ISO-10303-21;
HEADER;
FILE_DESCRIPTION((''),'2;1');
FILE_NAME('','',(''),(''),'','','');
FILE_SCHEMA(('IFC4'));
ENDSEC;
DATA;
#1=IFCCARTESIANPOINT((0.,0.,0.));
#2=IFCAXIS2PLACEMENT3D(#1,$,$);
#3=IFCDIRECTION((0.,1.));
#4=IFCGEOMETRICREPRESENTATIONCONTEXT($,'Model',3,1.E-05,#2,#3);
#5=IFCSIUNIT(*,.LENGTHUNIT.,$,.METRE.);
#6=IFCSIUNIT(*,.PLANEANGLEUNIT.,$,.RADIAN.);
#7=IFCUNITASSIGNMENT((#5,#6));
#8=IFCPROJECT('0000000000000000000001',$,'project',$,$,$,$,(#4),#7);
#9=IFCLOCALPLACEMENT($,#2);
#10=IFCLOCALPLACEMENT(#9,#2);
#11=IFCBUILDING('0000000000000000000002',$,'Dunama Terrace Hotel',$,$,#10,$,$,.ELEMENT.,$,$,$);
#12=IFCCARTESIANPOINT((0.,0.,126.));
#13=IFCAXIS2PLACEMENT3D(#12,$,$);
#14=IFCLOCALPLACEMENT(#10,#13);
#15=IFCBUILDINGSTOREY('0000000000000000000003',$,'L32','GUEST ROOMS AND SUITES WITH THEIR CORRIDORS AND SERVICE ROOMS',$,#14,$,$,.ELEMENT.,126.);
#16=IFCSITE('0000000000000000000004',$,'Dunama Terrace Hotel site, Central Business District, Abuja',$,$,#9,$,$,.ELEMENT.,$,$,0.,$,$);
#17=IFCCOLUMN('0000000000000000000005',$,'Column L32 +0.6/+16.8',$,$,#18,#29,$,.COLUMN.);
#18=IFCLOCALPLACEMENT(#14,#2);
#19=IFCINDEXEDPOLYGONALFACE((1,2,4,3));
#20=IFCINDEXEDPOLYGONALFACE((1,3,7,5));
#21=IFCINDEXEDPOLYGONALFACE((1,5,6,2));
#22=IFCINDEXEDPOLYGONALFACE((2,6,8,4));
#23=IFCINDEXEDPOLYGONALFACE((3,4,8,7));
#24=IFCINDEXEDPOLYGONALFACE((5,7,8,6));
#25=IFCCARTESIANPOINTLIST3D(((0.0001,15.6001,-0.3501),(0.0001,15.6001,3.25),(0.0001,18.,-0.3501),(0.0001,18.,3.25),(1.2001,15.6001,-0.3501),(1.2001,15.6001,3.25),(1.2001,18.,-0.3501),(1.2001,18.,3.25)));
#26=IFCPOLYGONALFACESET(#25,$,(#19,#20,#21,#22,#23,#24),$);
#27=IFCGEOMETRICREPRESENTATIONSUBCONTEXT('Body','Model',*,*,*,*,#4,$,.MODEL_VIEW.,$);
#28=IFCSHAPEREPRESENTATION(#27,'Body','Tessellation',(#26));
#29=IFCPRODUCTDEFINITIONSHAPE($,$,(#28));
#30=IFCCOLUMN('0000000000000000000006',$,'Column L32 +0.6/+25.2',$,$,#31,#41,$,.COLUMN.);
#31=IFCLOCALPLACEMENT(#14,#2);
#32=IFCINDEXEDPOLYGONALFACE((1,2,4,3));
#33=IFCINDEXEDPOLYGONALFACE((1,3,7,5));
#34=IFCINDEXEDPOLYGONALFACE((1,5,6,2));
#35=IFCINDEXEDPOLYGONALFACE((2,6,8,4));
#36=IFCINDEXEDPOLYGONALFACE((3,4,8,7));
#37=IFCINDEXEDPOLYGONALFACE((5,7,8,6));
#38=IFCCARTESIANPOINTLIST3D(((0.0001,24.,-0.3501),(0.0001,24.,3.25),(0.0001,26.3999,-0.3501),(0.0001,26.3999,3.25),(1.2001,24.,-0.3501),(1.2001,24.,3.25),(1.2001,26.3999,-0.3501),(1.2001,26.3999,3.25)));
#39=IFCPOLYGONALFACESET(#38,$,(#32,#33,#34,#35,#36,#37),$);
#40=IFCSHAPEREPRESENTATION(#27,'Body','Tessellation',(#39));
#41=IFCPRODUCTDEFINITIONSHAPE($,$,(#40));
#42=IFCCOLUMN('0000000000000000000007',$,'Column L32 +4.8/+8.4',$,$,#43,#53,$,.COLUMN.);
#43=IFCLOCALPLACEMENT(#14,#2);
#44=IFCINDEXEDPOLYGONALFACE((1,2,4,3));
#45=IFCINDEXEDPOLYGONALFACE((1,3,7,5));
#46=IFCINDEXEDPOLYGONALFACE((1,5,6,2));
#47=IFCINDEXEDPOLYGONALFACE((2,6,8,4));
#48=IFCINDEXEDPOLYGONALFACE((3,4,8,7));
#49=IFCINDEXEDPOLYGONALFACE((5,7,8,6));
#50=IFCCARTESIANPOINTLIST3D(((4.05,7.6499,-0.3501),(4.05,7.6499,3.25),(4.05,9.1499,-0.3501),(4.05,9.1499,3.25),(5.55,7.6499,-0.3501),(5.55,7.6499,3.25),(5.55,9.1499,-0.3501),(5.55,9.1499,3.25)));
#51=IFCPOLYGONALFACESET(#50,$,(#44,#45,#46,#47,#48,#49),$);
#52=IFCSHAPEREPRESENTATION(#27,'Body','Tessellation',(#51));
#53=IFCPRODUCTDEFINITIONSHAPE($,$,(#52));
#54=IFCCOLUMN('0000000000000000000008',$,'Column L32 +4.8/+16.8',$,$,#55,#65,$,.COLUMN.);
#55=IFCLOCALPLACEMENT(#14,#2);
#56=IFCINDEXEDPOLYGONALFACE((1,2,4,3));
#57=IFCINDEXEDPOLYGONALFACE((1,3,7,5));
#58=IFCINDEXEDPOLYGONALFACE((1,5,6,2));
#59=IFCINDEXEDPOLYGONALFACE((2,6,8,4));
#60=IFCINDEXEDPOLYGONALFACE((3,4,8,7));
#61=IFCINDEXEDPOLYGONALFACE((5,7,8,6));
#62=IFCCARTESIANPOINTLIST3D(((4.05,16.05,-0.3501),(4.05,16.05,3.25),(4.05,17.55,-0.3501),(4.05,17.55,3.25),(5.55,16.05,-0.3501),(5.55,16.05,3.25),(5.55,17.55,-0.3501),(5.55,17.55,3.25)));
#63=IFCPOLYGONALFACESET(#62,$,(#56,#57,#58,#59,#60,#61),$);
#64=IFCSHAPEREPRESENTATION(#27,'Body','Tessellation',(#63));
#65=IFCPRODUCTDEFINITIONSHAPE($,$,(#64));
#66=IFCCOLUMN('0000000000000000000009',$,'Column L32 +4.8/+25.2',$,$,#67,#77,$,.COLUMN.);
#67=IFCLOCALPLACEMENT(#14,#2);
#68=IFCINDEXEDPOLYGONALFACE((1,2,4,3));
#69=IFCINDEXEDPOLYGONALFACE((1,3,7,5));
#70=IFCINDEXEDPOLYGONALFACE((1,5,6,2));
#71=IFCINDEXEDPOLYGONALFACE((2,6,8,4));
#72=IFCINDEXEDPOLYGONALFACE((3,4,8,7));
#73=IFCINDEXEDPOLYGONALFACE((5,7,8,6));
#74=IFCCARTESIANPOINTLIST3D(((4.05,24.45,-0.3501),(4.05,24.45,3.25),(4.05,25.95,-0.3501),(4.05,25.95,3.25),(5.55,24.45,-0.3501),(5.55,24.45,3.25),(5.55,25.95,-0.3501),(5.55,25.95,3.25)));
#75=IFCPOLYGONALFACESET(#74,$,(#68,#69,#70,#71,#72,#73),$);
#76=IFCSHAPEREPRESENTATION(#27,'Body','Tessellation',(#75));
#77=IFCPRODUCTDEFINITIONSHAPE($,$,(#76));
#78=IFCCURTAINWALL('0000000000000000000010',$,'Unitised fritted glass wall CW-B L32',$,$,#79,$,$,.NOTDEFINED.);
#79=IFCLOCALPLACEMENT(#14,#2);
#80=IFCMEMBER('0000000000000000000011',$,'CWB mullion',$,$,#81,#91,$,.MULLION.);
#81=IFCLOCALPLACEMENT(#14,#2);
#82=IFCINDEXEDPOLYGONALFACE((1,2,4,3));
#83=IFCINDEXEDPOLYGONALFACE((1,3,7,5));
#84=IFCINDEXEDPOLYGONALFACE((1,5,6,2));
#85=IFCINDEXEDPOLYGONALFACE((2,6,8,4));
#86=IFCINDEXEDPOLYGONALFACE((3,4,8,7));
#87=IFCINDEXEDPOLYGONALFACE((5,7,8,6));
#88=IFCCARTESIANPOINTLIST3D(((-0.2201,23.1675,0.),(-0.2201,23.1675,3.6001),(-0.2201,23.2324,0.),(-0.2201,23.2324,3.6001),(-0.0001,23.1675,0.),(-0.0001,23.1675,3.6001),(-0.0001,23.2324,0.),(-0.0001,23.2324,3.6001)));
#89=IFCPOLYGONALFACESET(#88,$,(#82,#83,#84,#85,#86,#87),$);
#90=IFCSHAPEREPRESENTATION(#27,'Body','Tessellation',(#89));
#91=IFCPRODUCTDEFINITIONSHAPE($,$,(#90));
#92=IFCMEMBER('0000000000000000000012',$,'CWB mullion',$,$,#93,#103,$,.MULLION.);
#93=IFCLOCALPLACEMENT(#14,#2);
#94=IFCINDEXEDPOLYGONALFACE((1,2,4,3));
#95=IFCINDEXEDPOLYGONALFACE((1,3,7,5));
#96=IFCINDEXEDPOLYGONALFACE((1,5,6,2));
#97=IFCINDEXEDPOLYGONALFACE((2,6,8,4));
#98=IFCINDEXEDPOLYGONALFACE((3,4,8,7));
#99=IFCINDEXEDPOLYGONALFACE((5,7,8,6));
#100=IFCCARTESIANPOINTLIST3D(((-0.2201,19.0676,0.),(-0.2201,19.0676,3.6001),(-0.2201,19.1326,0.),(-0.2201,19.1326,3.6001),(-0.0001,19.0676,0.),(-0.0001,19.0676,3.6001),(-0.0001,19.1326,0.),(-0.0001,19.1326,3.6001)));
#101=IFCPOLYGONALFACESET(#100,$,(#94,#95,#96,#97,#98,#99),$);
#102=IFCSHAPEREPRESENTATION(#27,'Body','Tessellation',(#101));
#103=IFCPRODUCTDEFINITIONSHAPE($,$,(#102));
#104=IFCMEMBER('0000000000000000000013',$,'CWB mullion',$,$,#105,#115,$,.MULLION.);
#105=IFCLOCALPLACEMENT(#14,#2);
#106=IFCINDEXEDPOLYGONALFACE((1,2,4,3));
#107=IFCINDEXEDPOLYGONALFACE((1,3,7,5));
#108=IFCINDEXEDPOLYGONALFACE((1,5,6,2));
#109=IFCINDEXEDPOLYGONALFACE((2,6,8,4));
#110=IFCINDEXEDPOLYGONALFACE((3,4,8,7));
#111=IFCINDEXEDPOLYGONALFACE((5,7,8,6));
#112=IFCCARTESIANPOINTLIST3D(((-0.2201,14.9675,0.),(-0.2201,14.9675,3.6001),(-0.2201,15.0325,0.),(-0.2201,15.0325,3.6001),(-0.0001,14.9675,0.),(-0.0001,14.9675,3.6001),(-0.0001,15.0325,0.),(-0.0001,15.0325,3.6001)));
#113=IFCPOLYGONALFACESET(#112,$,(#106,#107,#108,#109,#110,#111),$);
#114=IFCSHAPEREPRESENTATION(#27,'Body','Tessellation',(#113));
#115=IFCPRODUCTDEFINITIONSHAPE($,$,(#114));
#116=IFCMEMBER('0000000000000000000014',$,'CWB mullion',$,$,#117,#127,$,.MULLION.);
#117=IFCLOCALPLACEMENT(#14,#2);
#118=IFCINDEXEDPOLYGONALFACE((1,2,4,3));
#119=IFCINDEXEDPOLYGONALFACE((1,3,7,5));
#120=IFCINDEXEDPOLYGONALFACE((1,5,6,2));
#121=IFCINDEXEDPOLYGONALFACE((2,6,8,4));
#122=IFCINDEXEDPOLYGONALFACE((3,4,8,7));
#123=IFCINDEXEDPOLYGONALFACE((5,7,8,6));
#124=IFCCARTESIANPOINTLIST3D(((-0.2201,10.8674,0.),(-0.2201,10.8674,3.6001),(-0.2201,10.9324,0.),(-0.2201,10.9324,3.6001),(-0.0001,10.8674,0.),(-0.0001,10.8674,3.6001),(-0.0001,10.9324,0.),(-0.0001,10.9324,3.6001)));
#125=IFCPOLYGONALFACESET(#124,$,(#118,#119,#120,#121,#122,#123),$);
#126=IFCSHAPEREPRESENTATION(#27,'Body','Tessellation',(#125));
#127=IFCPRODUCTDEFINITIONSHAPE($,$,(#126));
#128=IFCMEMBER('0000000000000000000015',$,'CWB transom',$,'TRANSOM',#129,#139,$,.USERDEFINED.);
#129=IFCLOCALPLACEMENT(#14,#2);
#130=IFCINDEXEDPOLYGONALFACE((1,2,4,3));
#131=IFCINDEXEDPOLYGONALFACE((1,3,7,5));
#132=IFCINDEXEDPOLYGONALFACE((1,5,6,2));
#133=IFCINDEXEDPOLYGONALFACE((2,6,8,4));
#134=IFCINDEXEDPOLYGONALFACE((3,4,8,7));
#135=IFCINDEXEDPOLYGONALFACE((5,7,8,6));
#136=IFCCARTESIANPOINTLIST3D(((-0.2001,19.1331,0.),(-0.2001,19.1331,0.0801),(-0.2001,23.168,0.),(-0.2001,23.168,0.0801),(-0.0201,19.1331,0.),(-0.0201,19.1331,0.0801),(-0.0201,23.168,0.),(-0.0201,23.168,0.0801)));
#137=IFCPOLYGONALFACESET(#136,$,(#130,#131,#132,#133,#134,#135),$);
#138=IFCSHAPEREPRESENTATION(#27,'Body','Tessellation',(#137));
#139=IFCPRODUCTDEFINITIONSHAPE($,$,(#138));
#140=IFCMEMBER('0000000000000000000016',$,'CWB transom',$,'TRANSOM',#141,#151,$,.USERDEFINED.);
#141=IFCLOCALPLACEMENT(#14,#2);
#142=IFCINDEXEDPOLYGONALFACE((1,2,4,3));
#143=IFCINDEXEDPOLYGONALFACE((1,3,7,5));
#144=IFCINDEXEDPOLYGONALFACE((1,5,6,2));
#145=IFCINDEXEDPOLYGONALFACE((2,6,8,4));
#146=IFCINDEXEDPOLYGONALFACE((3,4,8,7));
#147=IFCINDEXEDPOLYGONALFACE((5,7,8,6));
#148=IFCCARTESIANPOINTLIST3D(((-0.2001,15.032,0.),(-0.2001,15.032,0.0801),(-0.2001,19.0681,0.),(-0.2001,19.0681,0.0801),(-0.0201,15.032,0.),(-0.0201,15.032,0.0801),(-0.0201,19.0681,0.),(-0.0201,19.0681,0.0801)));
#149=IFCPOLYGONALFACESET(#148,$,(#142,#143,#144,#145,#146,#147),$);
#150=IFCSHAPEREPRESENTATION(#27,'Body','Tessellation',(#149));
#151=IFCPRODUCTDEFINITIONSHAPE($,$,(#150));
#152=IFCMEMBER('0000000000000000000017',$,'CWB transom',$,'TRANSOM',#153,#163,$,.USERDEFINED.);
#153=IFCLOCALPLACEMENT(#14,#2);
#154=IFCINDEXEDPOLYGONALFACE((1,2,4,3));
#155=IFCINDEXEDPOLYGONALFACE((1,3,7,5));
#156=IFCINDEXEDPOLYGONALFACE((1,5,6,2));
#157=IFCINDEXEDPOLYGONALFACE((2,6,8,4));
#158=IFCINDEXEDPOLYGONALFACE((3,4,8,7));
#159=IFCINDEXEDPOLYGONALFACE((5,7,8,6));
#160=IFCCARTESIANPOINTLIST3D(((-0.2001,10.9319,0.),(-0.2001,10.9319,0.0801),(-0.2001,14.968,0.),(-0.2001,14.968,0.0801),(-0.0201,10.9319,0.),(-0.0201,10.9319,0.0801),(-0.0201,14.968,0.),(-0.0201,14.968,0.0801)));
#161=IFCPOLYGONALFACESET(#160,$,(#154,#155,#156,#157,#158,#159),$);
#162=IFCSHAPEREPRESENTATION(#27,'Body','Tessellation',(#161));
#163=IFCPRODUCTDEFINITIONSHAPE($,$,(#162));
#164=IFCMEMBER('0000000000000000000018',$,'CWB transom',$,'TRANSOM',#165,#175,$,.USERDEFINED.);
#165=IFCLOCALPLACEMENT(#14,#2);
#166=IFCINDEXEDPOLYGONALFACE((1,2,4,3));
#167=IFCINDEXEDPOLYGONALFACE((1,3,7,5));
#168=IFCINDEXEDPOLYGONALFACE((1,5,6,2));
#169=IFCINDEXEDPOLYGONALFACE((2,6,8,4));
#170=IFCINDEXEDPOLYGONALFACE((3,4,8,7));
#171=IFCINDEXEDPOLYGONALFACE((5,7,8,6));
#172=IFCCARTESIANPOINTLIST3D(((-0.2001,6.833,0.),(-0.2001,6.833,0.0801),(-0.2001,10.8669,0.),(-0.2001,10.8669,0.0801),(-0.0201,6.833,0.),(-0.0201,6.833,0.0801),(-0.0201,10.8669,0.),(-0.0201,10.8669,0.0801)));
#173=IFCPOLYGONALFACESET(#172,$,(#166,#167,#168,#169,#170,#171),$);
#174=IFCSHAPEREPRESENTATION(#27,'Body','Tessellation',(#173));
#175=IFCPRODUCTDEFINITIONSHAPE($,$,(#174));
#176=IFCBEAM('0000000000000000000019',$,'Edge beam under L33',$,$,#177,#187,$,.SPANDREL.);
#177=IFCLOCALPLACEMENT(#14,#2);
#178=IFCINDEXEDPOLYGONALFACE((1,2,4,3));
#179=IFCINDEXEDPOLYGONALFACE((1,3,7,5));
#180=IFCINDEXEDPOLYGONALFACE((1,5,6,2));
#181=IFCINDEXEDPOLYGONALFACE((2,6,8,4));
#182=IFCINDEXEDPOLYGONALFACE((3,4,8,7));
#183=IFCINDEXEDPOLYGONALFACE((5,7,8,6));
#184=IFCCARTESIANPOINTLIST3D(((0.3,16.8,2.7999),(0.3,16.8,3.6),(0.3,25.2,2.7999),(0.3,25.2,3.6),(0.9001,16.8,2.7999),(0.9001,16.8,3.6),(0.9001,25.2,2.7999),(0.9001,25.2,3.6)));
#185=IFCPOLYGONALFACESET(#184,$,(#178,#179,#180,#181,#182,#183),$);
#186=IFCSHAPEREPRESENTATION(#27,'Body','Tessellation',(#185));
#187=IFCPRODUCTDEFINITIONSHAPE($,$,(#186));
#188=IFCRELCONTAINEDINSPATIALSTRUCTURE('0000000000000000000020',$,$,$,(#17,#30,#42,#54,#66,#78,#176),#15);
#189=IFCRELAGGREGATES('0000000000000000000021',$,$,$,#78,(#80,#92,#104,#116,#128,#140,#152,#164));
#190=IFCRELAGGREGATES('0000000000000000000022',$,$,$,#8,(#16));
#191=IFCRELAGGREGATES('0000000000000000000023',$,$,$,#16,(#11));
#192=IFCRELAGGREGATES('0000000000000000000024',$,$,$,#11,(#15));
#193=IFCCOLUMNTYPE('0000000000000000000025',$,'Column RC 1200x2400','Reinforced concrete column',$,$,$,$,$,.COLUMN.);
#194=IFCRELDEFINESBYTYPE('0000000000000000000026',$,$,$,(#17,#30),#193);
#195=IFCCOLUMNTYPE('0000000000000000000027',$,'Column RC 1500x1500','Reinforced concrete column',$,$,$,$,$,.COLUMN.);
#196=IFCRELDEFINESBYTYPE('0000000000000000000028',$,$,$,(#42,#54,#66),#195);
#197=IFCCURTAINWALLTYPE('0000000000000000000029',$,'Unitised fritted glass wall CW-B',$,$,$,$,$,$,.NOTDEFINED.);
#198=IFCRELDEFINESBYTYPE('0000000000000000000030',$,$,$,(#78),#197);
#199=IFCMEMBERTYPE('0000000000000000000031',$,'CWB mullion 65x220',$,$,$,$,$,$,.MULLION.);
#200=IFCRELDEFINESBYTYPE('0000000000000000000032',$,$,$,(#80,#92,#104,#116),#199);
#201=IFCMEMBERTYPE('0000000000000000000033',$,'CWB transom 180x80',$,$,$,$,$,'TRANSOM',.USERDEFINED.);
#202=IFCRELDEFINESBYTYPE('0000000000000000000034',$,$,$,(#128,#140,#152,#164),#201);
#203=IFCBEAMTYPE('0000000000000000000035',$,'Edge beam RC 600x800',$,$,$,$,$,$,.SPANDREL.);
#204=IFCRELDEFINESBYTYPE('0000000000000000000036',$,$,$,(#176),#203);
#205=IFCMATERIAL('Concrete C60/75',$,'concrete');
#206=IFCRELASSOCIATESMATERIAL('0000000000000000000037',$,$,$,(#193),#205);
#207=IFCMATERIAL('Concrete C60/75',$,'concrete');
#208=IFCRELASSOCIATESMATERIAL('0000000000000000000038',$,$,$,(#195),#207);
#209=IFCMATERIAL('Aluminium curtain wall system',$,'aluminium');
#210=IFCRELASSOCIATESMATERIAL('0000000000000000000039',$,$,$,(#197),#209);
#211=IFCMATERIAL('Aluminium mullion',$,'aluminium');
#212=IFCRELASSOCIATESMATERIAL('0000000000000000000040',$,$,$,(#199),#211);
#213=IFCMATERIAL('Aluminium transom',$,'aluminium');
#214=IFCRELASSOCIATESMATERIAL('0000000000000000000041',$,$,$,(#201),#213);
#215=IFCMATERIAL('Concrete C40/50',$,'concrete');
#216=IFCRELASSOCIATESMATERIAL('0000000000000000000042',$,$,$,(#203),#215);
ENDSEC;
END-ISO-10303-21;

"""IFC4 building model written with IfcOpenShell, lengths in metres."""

from ifc_helpers import new_model, si_unit, direction, frame, origin, origin_2d, place, context, subcontext, project, spatial, rectangle, extrude, material, material_profile, profile_set, type_object, element, aggregate, save


model = new_model("IFC4")

# Units and contexts
model_context = context("Model", 3, precision=1e-05, world=origin(), true_north=direction((0.0, 1.0)))
body_context = subcontext(model_context, "Body", "Model", "MODEL_VIEW")
ifc_project = project(units=[si_unit("LENGTHUNIT", "METRE"), si_unit("PLANEANGLEUNIT", "RADIAN")], contexts=[model_context])

# Site, building, storey
site_placement = place(None, origin())
site = spatial("IfcSite", under=ifc_project, at=site_placement, Name="Dunama Terrace Hotel site, Central Business District, Abuja", CompositionType="ELEMENT", RefElevation=0.0)
building_placement = place(site_placement, origin())
building = spatial("IfcBuilding", under=site, at=building_placement, Name="Dunama Terrace Hotel", CompositionType="ELEMENT")
storey_placement = place(building_placement, frame((0.0, 0.0, 126.0)))
storey = spatial("IfcBuildingStorey", under=building, at=storey_placement, Name="L32", Description="GUEST ROOMS AND SUITES WITH THEIR CORRIDORS AND SERVICE ROOMS", CompositionType="ELEMENT", Elevation=126.0)

# Columns
ifc_material_1 = material(Name="Concrete C60/75", Category="concrete")
ifc_material_profile_1 = material_profile(ifc_material_1, rectangle(XDim=1.2, YDim=2.3999, at=origin_2d()), Name="RC 1200x2400")
ifc_profile_set_1 = profile_set([ifc_material_profile_1], Name="Concrete C60/75")
column_type_1 = type_object("IfcColumnType", Name="Column RC 1200x2400", Description="Reinforced concrete column", PredefinedType="COLUMN", material=ifc_profile_set_1)
for number, where, z_axis, x_axis, name in (
    (1, (0.6001, 16.8, -0.3501), (0.0, 0.0, 1.0), (1.0, 0.0, 0.0), "Column L32 +0.6/+16.8"),
    (2, (0.6001, 25.2, -0.3501), (0.0, 0.0, 1.0), (1.0, 0.0, 0.0), "Column L32 +0.6/+25.2"),
):
    element("IfcColumn", number, at=place(storey_placement, frame(where, z_axis=z_axis, x_axis=x_axis)), inside=storey, type_object=column_type_1, Name=name, PredefinedType="COLUMN", context=body_context, shape_type="SweptSolid", body=[
        extrude(rectangle(XDim=1.2, YDim=2.3999, at=origin_2d()), origin(), (0.0, 0.0, 1.0), 3.6001),
    ])
ifc_material_2 = material(Name="Concrete C60/75", Category="concrete")
ifc_material_profile_2 = material_profile(ifc_material_2, rectangle(XDim=1.5, YDim=1.5, at=origin_2d()), Name="RC 1500x1500")
ifc_profile_set_2 = profile_set([ifc_material_profile_2], Name="Concrete C60/75")
column_type_2 = type_object("IfcColumnType", Name="Column RC 1500x1500", Description="Reinforced concrete column", PredefinedType="COLUMN", material=ifc_profile_set_2)
for number, where, z_axis, x_axis, name in (
    (3, (4.8, 8.3999, -0.3501), (0.0, 0.0, 1.0), (1.0, 0.0, 0.0), "Column L32 +4.8/+8.4"),
    (4, (4.8, 16.8, -0.3501), (0.0, 0.0, 1.0), (1.0, 0.0, 0.0), "Column L32 +4.8/+16.8"),
    (5, (4.8, 25.2, -0.3501), (0.0, 0.0, 1.0), (1.0, 0.0, 0.0), "Column L32 +4.8/+25.2"),
):
    element("IfcColumn", number, at=place(storey_placement, frame(where, z_axis=z_axis, x_axis=x_axis)), inside=storey, type_object=column_type_2, Name=name, PredefinedType="COLUMN", context=body_context, shape_type="SweptSolid", body=[
        extrude(rectangle(XDim=1.5, YDim=1.5, at=origin_2d()), origin(), (0.0, 0.0, 1.0), 3.6001),
    ])

# Curtain wall, members
ifc_material_3 = material(Name="Aluminium curtain wall system", Category="aluminium")
curtain_wall_type = type_object("IfcCurtainWallType", Name="Unitised fritted glass wall CW-B", PredefinedType="NOTDEFINED", material=ifc_material_3)
curtain_wall_placement = place(storey_placement, origin())
curtain_wall = element("IfcCurtainWall", 6, at=curtain_wall_placement, inside=storey, type_object=curtain_wall_type, Name="Unitised fritted glass wall CW-B L32", PredefinedType="NOTDEFINED")
ifc_material_4 = material(Name="Aluminium mullion", Category="aluminium")
ifc_material_profile_3 = material_profile(ifc_material_4, rectangle(XDim=0.0649, YDim=0.22, at=origin_2d()), Name="CWB MULLION 65X220")
ifc_profile_set_3 = profile_set([ifc_material_profile_3], Name="Aluminium mullion")
member_type_1 = type_object("IfcMemberType", Name="CWB mullion 65x220", PredefinedType="MULLION", material=ifc_profile_set_3)
member_1_placement = place(storey_placement, frame((-0.1101, 23.2, 0.0), z_axis=(0.0, 0.0, 1.0), x_axis=(0.0, -1.0, 0.0)))
member_1 = element("IfcMember", 7, at=member_1_placement, type_object=member_type_1, Name="CWB mullion", PredefinedType="MULLION", context=body_context, shape_type="SweptSolid", body=[
    extrude(rectangle(XDim=0.0649, YDim=0.22, at=origin_2d()), origin(), (0.0, 0.0, 1.0), 3.6001),
])
member_2_placement = place(storey_placement, frame((-0.1101, 19.1001, 0.0), z_axis=(0.0, 0.0, 1.0), x_axis=(0.0, -1.0, 0.0)))
member_2 = element("IfcMember", 8, at=member_2_placement, type_object=member_type_1, Name="CWB mullion", PredefinedType="MULLION", context=body_context, shape_type="SweptSolid", body=[
    extrude(rectangle(XDim=0.0649, YDim=0.22, at=origin_2d()), origin(), (0.0, 0.0, 1.0), 3.6001),
])
member_3_placement = place(storey_placement, frame((-0.1101, 15.0, 0.0), z_axis=(0.0, 0.0, 1.0), x_axis=(0.0, -1.0, 0.0)))
member_3 = element("IfcMember", 9, at=member_3_placement, type_object=member_type_1, Name="CWB mullion", PredefinedType="MULLION", context=body_context, shape_type="SweptSolid", body=[
    extrude(rectangle(XDim=0.0649, YDim=0.22, at=origin_2d()), origin(), (0.0, 0.0, 1.0), 3.6001),
])
member_4_placement = place(storey_placement, frame((-0.1101, 10.8999, 0.0), z_axis=(0.0, 0.0, 1.0), x_axis=(0.0, -1.0, 0.0)))
member_4 = element("IfcMember", 10, at=member_4_placement, type_object=member_type_1, Name="CWB mullion", PredefinedType="MULLION", context=body_context, shape_type="SweptSolid", body=[
    extrude(rectangle(XDim=0.0649, YDim=0.22, at=origin_2d()), origin(), (0.0, 0.0, 1.0), 3.6001),
])
ifc_material_5 = material(Name="Aluminium transom", Category="aluminium")
ifc_material_profile_4 = material_profile(ifc_material_5, rectangle(XDim=0.1799, YDim=0.0801, at=origin_2d()), Name="CWB TRANSOM 180X80")
ifc_profile_set_4 = profile_set([ifc_material_profile_4], Name="Aluminium transom")
member_type_2 = type_object("IfcMemberType", Name="CWB transom 180x80", ElementType="TRANSOM", PredefinedType="USERDEFINED", material=ifc_profile_set_4)
member_5_placement = place(storey_placement, frame((-0.1101, 23.168, 0.04), z_axis=(0.0, -1.0, 0.0), x_axis=(1.0, 0.0, 0.0)))
member_5 = element("IfcMember", 11, at=member_5_placement, type_object=member_type_2, Name="CWB transom", ObjectType="TRANSOM", PredefinedType="USERDEFINED", context=body_context, shape_type="SweptSolid", body=[
    extrude(rectangle(XDim=0.1799, YDim=0.0801, at=origin_2d()), origin(), (0.0, 0.0, 1.0), 4.0349),
])
member_6_placement = place(storey_placement, frame((-0.1101, 19.0681, 0.04), z_axis=(0.0, -1.0, 0.0), x_axis=(1.0, 0.0, 0.0)))
member_6 = element("IfcMember", 12, at=member_6_placement, type_object=member_type_2, Name="CWB transom", ObjectType="TRANSOM", PredefinedType="USERDEFINED", context=body_context, shape_type="SweptSolid", body=[
    extrude(rectangle(XDim=0.1799, YDim=0.0801, at=origin_2d()), origin(), (0.0, 0.0, 1.0), 4.0361),
])
member_7_placement = place(storey_placement, frame((-0.1101, 14.968, 0.04), z_axis=(0.0, -1.0, 0.0), x_axis=(1.0, 0.0, 0.0)))
member_7 = element("IfcMember", 13, at=member_7_placement, type_object=member_type_2, Name="CWB transom", ObjectType="TRANSOM", PredefinedType="USERDEFINED", context=body_context, shape_type="SweptSolid", body=[
    extrude(rectangle(XDim=0.1799, YDim=0.0801, at=origin_2d()), origin(), (0.0, 0.0, 1.0), 4.0361),
])
member_8_placement = place(storey_placement, frame((-0.1101, 10.8669, 0.04), z_axis=(0.0, -1.0, 0.0), x_axis=(1.0, 0.0, 0.0)))
member_8 = element("IfcMember", 14, at=member_8_placement, type_object=member_type_2, Name="CWB transom", ObjectType="TRANSOM", PredefinedType="USERDEFINED", context=body_context, shape_type="SweptSolid", body=[
    extrude(rectangle(XDim=0.1799, YDim=0.0801, at=origin_2d()), origin(), (0.0, 0.0, 1.0), 4.0339),
])

# Beam
ifc_material_6 = material(Name="Concrete C40/50", Category="concrete")
ifc_material_profile_5 = material_profile(ifc_material_6, rectangle(XDim=0.6001, YDim=0.8, at=origin_2d()), Name="RC 600x800")
ifc_profile_set_5 = profile_set([ifc_material_profile_5], Name="Concrete C40/50")
beam_type = type_object("IfcBeamType", Name="Edge beam RC 600x800", PredefinedType="SPANDREL", material=ifc_profile_set_5)
beam_1_placement = place(storey_placement, frame((0.6001, 16.8, 3.2), z_axis=(0.0, 1.0, 0.0), x_axis=(-1.0, 0.0, 0.0)))
element("IfcBeam", 15, at=beam_1_placement, inside=storey, type_object=beam_type, Name="Edge beam under L33", PredefinedType="SPANDREL", context=body_context, shape_type="SweptSolid", body=[
    extrude(rectangle(XDim=0.6001, YDim=0.8, at=origin_2d()), origin(), (0.0, 0.0, 1.0), 8.3999),
])

aggregate(curtain_wall, [member_1, member_2, member_3, member_4, member_5, member_6, member_7, member_8])

save(model, "model.ifc")
